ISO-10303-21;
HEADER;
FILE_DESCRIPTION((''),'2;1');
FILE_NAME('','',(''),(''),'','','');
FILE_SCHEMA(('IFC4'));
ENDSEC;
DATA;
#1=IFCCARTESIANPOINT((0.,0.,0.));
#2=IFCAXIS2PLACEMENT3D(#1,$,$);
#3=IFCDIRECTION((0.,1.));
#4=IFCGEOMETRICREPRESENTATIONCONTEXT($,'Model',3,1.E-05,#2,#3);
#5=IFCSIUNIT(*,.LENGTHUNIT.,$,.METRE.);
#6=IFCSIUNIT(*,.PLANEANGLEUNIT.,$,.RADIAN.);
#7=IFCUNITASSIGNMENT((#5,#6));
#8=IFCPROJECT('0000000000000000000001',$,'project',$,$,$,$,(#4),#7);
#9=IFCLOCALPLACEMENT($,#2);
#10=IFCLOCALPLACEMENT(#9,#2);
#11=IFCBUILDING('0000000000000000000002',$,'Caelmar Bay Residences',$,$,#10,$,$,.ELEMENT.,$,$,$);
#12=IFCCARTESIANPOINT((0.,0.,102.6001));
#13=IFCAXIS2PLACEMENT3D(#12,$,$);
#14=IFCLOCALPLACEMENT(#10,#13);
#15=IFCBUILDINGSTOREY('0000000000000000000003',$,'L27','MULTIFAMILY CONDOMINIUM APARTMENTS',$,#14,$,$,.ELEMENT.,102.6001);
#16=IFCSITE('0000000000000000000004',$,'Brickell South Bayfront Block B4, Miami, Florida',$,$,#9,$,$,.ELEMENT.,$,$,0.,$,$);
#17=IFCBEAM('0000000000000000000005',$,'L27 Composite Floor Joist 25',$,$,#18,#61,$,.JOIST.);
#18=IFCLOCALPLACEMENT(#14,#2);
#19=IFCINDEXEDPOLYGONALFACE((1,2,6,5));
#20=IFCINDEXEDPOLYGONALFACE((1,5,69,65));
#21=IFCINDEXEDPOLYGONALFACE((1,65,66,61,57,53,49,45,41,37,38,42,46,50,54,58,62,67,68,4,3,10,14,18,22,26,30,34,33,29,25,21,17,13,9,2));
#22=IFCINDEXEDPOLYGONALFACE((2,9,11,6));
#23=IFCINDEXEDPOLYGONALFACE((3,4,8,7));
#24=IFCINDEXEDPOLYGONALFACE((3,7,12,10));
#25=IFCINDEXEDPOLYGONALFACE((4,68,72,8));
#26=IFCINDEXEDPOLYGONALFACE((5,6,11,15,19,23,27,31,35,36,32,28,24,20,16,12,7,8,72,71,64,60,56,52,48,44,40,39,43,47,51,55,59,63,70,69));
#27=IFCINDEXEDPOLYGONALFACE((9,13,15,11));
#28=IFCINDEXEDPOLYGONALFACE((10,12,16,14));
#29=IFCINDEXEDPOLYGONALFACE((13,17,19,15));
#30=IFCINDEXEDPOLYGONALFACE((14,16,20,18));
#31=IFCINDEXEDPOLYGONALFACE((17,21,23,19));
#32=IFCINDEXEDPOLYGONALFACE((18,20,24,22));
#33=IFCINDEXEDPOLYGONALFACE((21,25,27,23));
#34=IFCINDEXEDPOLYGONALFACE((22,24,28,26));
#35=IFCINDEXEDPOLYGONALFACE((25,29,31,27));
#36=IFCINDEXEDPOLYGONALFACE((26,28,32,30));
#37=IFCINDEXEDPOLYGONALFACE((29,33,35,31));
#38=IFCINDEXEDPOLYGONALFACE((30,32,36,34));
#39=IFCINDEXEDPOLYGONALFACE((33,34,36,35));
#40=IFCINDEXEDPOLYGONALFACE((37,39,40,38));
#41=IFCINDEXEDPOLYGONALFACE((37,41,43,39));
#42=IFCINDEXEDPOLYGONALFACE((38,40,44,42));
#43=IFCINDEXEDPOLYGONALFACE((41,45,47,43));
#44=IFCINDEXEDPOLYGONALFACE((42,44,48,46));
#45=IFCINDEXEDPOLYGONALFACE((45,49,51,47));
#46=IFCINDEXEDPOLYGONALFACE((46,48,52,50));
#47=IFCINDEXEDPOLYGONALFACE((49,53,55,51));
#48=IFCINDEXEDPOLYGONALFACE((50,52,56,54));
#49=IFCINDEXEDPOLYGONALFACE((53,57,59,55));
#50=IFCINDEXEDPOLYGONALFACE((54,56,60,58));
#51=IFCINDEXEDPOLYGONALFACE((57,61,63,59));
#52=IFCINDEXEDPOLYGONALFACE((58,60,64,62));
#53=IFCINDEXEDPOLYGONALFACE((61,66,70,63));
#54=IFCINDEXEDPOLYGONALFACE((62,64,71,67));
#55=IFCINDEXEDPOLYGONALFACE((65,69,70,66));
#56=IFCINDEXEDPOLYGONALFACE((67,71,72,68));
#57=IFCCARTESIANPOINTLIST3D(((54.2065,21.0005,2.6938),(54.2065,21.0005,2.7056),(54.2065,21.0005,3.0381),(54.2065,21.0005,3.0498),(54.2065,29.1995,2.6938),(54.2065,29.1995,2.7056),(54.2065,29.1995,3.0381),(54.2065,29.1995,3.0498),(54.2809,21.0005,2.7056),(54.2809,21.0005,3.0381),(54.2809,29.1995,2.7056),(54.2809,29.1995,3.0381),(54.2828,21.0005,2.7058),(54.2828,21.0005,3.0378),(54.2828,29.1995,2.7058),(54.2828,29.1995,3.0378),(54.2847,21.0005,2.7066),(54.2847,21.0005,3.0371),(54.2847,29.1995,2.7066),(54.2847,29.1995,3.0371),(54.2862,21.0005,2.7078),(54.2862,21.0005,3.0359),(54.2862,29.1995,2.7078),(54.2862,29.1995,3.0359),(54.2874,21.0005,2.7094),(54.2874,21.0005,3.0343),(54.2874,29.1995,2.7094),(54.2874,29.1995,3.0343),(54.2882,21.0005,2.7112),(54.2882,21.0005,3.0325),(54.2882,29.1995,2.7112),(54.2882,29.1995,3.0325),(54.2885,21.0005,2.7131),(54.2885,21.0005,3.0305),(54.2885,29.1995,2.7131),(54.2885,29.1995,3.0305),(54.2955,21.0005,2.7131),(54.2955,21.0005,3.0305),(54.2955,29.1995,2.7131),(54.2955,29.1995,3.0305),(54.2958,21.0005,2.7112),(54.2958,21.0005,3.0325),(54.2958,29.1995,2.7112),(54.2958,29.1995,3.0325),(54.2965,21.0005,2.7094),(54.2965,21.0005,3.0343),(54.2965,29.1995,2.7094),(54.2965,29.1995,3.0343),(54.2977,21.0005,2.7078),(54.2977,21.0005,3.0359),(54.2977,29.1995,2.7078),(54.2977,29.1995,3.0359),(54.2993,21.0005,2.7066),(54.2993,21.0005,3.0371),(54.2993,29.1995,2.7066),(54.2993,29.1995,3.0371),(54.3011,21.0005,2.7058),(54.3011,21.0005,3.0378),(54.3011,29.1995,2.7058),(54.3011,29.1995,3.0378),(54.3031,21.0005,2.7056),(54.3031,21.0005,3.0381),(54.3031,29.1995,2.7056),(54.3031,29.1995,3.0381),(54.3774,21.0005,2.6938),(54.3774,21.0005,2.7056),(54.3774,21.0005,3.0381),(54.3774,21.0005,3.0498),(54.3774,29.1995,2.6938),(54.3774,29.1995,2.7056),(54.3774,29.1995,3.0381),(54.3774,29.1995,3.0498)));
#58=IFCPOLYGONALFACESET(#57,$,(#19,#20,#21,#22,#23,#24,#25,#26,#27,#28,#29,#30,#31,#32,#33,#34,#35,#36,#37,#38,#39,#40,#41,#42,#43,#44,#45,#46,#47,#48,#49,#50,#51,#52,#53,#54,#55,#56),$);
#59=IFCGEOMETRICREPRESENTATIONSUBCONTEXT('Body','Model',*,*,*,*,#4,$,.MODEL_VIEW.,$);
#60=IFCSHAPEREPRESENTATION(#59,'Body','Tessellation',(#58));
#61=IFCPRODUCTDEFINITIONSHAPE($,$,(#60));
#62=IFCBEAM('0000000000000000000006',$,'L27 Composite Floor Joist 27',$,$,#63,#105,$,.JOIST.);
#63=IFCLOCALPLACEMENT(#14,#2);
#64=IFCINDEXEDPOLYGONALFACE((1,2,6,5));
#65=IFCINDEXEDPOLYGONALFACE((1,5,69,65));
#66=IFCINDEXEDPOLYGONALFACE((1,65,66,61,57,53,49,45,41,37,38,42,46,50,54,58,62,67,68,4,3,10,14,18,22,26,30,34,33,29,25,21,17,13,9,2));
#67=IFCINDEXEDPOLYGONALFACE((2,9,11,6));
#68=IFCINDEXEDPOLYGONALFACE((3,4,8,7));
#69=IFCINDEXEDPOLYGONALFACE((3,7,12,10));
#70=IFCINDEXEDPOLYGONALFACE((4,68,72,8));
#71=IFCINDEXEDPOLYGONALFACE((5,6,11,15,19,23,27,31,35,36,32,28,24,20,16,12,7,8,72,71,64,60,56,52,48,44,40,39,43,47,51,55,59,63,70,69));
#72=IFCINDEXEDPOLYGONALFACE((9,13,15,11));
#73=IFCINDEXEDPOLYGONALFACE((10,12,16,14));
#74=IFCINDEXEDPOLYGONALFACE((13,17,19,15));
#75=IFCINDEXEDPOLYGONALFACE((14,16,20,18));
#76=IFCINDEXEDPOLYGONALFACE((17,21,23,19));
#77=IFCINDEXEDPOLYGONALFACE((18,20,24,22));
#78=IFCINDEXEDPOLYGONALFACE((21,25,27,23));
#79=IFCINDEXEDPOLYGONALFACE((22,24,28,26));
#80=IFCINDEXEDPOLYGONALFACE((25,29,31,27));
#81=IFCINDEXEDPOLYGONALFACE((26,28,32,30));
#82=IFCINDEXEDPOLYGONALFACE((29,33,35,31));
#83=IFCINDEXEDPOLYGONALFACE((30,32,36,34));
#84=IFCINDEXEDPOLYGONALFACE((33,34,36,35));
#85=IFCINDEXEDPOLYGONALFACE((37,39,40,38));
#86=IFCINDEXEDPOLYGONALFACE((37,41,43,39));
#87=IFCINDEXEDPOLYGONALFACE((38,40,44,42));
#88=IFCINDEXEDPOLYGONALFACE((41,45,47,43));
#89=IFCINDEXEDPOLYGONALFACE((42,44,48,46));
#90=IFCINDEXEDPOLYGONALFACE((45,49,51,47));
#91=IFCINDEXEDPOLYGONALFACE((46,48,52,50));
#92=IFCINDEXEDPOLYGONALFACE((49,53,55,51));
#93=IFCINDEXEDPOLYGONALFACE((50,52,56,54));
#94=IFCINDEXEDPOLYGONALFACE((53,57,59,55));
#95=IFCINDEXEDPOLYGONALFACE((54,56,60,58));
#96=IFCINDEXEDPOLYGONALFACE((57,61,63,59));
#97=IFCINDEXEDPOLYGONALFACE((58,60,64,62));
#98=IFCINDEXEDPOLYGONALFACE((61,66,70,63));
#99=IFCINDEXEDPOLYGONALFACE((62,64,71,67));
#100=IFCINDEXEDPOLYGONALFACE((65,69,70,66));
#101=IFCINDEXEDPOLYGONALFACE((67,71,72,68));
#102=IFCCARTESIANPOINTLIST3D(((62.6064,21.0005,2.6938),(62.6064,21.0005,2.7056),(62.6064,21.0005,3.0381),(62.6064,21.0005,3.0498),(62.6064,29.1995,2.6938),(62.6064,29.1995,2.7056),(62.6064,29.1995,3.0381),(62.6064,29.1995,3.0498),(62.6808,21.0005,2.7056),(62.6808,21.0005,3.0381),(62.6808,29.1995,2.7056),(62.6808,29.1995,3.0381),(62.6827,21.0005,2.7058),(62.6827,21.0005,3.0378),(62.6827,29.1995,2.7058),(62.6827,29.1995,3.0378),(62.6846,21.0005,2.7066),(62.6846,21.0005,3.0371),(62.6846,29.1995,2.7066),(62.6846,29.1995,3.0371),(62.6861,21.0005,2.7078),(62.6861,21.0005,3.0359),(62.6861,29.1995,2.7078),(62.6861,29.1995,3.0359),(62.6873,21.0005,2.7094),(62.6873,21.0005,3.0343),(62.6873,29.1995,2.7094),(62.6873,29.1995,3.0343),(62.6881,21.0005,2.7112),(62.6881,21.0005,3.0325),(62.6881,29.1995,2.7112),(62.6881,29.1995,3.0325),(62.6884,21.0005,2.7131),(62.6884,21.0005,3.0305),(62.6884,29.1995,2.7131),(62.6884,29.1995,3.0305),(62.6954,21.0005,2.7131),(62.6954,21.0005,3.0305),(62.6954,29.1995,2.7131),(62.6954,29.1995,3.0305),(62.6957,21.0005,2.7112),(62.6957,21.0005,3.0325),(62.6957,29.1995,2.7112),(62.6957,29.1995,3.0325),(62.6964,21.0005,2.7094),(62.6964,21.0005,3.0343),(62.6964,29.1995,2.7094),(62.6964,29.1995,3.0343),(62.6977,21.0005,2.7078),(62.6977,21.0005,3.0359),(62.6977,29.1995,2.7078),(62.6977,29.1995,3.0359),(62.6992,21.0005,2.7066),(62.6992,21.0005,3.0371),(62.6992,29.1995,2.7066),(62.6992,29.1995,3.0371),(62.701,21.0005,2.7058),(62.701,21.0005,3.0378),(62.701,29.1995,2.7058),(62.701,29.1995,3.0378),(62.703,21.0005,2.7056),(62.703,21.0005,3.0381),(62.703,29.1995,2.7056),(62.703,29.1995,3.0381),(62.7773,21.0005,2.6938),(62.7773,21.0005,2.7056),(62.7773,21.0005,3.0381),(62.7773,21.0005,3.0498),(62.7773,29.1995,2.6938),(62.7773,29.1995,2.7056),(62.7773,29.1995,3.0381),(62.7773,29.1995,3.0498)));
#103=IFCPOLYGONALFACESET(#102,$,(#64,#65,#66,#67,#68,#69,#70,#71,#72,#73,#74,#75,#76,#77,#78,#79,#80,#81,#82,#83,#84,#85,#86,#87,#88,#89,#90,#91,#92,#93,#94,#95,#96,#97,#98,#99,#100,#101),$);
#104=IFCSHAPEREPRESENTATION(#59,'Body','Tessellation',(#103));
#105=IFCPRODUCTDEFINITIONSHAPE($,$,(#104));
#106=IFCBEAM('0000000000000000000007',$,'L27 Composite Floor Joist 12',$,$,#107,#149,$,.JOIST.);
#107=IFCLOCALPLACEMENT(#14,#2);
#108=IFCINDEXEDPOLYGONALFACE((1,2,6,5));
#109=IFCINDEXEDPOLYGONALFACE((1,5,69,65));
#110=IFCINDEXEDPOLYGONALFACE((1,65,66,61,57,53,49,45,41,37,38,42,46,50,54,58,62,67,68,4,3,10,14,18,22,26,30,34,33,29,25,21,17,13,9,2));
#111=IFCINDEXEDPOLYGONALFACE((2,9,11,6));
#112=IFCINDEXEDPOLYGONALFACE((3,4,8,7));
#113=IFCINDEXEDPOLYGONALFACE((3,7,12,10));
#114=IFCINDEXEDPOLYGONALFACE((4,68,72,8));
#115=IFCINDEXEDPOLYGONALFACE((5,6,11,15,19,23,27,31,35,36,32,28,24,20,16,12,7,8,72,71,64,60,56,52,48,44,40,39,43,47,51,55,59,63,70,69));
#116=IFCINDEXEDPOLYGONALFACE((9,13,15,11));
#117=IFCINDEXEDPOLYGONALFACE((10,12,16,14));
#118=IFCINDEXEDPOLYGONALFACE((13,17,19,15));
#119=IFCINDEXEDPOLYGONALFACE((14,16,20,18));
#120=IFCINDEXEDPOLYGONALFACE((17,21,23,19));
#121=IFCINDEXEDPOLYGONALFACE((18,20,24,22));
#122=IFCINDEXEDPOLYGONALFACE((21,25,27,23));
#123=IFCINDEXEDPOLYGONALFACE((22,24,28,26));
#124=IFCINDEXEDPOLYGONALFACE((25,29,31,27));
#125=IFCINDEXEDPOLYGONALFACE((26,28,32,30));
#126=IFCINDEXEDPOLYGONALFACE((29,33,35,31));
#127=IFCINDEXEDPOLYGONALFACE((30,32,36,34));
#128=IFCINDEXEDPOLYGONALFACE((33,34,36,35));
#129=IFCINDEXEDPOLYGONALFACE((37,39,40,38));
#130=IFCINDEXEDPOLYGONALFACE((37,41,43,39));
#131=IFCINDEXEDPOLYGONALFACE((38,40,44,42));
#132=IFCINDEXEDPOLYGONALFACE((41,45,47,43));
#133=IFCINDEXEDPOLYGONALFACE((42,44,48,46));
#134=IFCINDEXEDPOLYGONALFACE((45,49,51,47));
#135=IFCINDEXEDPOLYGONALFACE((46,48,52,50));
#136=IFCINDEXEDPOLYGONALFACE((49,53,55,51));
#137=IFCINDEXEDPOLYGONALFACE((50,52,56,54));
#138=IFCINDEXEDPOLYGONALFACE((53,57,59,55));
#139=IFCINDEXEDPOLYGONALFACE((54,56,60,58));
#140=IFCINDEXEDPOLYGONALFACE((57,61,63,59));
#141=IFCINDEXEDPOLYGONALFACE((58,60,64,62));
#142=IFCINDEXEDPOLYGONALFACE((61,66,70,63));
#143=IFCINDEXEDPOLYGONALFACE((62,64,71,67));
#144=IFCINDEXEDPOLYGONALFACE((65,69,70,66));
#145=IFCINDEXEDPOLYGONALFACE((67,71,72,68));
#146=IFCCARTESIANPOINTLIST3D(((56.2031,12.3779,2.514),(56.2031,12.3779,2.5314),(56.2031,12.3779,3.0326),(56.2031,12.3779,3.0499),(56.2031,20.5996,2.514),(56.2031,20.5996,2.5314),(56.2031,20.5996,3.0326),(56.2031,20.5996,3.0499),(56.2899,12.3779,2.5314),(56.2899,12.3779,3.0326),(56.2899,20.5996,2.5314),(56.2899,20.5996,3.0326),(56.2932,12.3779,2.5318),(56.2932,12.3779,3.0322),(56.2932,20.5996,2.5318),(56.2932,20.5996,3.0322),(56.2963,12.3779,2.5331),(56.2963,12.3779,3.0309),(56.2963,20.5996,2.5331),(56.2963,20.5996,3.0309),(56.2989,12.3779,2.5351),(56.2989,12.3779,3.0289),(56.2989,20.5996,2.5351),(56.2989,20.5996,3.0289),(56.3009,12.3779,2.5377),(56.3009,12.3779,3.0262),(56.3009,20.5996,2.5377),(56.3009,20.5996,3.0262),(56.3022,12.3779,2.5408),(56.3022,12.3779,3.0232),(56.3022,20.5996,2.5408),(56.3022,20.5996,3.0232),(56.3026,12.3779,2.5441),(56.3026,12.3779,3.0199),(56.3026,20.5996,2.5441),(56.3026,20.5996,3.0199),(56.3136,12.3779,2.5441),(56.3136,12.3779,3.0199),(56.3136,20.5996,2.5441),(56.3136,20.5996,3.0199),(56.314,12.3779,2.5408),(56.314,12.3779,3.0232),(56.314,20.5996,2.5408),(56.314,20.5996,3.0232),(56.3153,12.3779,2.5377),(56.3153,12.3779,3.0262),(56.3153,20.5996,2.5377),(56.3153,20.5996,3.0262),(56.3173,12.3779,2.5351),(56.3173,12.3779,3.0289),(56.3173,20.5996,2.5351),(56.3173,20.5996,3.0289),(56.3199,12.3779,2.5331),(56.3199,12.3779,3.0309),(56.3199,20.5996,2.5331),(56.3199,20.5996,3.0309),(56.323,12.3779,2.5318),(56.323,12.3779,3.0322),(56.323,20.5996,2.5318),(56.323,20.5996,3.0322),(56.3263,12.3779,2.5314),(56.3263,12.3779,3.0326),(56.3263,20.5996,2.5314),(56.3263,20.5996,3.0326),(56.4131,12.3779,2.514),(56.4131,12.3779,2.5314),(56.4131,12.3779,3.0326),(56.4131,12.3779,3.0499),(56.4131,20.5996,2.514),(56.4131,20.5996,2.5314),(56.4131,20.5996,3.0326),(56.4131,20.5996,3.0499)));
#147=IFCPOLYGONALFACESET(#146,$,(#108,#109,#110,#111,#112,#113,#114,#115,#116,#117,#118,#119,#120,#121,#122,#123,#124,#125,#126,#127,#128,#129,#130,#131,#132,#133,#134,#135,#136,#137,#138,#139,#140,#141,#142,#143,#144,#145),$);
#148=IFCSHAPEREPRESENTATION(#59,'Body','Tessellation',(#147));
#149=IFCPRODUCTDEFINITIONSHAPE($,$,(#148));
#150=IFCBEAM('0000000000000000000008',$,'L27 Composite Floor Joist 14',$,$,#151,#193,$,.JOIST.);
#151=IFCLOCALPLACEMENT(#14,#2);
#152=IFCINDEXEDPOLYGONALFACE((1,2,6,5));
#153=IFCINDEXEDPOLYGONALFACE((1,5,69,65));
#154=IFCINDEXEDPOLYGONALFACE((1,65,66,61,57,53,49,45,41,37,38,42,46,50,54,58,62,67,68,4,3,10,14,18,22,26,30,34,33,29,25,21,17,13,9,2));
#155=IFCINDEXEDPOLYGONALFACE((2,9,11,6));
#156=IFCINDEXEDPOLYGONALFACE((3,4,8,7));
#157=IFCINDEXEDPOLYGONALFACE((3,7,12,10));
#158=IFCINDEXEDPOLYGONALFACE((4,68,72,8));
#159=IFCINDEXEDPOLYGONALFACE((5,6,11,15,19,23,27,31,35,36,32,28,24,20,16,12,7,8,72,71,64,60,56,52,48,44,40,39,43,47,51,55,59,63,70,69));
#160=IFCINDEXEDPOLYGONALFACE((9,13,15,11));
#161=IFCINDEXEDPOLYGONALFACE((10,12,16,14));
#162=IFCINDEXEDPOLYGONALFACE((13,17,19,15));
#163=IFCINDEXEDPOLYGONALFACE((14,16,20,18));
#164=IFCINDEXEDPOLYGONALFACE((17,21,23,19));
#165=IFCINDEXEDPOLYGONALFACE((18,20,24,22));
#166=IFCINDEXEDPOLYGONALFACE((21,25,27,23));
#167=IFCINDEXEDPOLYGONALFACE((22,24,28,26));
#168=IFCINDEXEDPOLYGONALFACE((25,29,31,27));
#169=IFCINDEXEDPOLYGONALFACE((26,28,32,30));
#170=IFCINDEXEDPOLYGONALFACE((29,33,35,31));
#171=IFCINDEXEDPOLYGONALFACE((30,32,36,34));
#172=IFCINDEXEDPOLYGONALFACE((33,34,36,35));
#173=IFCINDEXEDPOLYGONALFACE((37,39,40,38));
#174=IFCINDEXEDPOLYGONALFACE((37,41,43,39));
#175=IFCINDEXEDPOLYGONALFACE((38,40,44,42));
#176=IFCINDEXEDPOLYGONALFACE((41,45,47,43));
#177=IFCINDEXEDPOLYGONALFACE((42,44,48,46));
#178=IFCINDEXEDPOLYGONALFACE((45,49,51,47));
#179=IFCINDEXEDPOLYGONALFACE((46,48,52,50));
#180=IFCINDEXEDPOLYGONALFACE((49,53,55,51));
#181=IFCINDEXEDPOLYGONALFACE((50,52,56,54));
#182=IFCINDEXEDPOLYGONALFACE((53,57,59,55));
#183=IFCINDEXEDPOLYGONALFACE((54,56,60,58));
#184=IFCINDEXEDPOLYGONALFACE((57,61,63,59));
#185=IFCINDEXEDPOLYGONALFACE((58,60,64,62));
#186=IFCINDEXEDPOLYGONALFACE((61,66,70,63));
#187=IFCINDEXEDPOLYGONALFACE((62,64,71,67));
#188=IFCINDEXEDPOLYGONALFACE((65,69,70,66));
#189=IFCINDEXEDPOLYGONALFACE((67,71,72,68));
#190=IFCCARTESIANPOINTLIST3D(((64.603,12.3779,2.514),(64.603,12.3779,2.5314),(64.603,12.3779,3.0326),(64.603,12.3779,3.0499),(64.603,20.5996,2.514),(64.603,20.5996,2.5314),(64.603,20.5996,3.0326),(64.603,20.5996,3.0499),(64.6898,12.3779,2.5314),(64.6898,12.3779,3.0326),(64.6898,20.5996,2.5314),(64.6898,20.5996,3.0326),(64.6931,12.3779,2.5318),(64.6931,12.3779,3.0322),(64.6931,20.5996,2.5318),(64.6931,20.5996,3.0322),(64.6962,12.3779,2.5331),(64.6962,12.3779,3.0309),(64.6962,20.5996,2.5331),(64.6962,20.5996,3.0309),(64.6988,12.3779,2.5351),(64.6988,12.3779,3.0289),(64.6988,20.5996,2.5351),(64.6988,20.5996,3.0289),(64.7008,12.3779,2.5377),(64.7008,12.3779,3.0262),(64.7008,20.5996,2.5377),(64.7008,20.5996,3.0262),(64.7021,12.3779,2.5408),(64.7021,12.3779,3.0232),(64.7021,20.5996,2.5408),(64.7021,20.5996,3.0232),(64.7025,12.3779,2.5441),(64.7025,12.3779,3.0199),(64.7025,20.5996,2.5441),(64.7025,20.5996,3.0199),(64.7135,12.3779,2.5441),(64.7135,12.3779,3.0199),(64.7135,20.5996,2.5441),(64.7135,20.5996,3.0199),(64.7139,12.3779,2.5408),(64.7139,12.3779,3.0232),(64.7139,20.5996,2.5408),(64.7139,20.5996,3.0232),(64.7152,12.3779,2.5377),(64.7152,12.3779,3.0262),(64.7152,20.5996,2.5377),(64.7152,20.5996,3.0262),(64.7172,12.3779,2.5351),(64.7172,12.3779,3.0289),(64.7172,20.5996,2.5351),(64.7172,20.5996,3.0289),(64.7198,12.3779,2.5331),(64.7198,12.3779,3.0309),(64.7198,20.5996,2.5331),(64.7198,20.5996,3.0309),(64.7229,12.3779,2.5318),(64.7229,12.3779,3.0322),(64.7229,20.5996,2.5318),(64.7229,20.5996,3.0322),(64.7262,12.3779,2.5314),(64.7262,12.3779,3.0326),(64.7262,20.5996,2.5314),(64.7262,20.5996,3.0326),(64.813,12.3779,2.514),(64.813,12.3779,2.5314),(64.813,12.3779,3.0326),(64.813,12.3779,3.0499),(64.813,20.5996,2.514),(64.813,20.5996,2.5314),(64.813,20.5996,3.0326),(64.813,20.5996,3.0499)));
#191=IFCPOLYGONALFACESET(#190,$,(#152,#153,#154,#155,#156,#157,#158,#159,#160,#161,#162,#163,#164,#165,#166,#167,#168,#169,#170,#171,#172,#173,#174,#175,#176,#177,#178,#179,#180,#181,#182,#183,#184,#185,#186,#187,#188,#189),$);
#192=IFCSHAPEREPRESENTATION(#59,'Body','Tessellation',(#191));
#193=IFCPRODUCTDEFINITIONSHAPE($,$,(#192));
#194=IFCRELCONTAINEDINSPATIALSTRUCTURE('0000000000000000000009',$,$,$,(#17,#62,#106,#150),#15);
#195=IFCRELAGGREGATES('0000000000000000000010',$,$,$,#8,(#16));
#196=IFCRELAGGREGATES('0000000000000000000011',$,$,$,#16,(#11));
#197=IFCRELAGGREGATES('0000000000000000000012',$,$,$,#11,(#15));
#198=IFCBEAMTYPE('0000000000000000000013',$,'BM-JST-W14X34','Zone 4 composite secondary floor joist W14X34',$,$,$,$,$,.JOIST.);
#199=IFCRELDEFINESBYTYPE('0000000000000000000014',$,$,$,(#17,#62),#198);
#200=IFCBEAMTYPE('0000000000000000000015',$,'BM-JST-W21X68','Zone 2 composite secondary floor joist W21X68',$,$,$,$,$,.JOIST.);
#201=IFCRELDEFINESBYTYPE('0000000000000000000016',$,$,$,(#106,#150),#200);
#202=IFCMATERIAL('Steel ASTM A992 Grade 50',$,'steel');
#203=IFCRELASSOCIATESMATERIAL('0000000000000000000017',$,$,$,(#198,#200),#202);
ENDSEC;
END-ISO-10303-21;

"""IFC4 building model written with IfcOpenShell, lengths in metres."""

from ifc_helpers import new_model, si_unit, direction, frame, origin, origin_2d, place, context, subcontext, project, spatial, i_section, extrude, material, material_profile, profile_set, type_object, element, save


model = new_model("IFC4")

# Units and contexts
model_context = context("Model", 3, precision=1e-05, world=origin(), true_north=direction((0.0, 1.0)))
body_context = subcontext(model_context, "Body", "Model", "MODEL_VIEW")
ifc_project = project(units=[si_unit("LENGTHUNIT", "METRE"), si_unit("PLANEANGLEUNIT", "RADIAN")], contexts=[model_context])

# Site, building, storey
site_placement = place(None, origin())
site = spatial("IfcSite", under=ifc_project, at=site_placement, Name="Brickell South Bayfront Block B4, Miami, Florida", CompositionType="ELEMENT", RefElevation=0.0)
building_placement = place(site_placement, origin())
building = spatial("IfcBuilding", under=site, at=building_placement, Name="Caelmar Bay Residences", CompositionType="ELEMENT")
storey_placement = place(building_placement, frame((0.0, 0.0, 102.6001)))
storey = spatial("IfcBuildingStorey", under=building, at=storey_placement, Name="L27", Description="MULTIFAMILY CONDOMINIUM APARTMENTS", CompositionType="ELEMENT", Elevation=102.6001)

# Beams
ifc_material_1 = material(Name="Steel ASTM A992 Grade 50", Category="steel")
ifc_material_profile_1 = material_profile(ifc_material_1, i_section(OverallWidth=0.1709, OverallDepth=0.356, WebThickness=0.0071, FlangeThickness=0.0117, FilletRadius=0.0076, at=origin_2d()), Name="W14X34")
ifc_profile_set_1 = profile_set([ifc_material_profile_1], Name="Steel ASTM A992 Grade 50")
beam_type_1 = type_object("IfcBeamType", Name="BM-JST-W14X34", Description="Zone 4 composite secondary floor joist W14X34", PredefinedType="JOIST", material=ifc_profile_set_1)
for number, where, z_axis, x_axis, name in (
    (1, (54.292, 21.0005, 2.8718), (0.0, 1.0, 0.0), (-1.0, 0.0, 0.0), "L27 Composite Floor Joist 25"),
    (2, (62.6919, 21.0005, 2.8718), (0.0, 1.0, 0.0), (-1.0, 0.0, 0.0), "L27 Composite Floor Joist 27"),
):
    element("IfcBeam", number, at=place(storey_placement, frame(where, z_axis=z_axis, x_axis=x_axis)), inside=storey, type_object=beam_type_1, Name=name, PredefinedType="JOIST", context=body_context, shape_type="SweptSolid", body=[
        extrude(i_section(OverallWidth=0.1709, OverallDepth=0.356, WebThickness=0.0071, FlangeThickness=0.0117, FilletRadius=0.0076, at=origin_2d()), origin(), (0.0, 0.0, 1.0), 8.199),
    ])
ifc_material_profile_2 = material_profile(ifc_material_1, i_section(OverallWidth=0.21, OverallDepth=0.5359, WebThickness=0.011, FlangeThickness=0.0173, FilletRadius=0.0127, at=origin_2d()), Name="W21X68")
ifc_profile_set_2 = profile_set([ifc_material_profile_2], Name="Steel ASTM A992 Grade 50")
beam_type_2 = type_object("IfcBeamType", Name="BM-JST-W21X68", Description="Zone 2 composite secondary floor joist W21X68", PredefinedType="JOIST", material=ifc_profile_set_2)
for number, where, z_axis, x_axis, name in (
    (3, (56.3081, 12.3779, 2.782), (0.0, 1.0, 0.0), (-1.0, 0.0, 0.0), "L27 Composite Floor Joist 12"),
    (4, (64.708, 12.3779, 2.782), (0.0, 1.0, 0.0), (-1.0, 0.0, 0.0), "L27 Composite Floor Joist 14"),
):
    element("IfcBeam", number, at=place(storey_placement, frame(where, z_axis=z_axis, x_axis=x_axis)), inside=storey, type_object=beam_type_2, Name=name, PredefinedType="JOIST", context=body_context, shape_type="SweptSolid", body=[
        extrude(i_section(OverallWidth=0.21, OverallDepth=0.5359, WebThickness=0.011, FlangeThickness=0.0173, FilletRadius=0.0127, at=origin_2d()), origin(), (0.0, 0.0, 1.0), 8.2217),
    ])

save(model, "model.ifc")
